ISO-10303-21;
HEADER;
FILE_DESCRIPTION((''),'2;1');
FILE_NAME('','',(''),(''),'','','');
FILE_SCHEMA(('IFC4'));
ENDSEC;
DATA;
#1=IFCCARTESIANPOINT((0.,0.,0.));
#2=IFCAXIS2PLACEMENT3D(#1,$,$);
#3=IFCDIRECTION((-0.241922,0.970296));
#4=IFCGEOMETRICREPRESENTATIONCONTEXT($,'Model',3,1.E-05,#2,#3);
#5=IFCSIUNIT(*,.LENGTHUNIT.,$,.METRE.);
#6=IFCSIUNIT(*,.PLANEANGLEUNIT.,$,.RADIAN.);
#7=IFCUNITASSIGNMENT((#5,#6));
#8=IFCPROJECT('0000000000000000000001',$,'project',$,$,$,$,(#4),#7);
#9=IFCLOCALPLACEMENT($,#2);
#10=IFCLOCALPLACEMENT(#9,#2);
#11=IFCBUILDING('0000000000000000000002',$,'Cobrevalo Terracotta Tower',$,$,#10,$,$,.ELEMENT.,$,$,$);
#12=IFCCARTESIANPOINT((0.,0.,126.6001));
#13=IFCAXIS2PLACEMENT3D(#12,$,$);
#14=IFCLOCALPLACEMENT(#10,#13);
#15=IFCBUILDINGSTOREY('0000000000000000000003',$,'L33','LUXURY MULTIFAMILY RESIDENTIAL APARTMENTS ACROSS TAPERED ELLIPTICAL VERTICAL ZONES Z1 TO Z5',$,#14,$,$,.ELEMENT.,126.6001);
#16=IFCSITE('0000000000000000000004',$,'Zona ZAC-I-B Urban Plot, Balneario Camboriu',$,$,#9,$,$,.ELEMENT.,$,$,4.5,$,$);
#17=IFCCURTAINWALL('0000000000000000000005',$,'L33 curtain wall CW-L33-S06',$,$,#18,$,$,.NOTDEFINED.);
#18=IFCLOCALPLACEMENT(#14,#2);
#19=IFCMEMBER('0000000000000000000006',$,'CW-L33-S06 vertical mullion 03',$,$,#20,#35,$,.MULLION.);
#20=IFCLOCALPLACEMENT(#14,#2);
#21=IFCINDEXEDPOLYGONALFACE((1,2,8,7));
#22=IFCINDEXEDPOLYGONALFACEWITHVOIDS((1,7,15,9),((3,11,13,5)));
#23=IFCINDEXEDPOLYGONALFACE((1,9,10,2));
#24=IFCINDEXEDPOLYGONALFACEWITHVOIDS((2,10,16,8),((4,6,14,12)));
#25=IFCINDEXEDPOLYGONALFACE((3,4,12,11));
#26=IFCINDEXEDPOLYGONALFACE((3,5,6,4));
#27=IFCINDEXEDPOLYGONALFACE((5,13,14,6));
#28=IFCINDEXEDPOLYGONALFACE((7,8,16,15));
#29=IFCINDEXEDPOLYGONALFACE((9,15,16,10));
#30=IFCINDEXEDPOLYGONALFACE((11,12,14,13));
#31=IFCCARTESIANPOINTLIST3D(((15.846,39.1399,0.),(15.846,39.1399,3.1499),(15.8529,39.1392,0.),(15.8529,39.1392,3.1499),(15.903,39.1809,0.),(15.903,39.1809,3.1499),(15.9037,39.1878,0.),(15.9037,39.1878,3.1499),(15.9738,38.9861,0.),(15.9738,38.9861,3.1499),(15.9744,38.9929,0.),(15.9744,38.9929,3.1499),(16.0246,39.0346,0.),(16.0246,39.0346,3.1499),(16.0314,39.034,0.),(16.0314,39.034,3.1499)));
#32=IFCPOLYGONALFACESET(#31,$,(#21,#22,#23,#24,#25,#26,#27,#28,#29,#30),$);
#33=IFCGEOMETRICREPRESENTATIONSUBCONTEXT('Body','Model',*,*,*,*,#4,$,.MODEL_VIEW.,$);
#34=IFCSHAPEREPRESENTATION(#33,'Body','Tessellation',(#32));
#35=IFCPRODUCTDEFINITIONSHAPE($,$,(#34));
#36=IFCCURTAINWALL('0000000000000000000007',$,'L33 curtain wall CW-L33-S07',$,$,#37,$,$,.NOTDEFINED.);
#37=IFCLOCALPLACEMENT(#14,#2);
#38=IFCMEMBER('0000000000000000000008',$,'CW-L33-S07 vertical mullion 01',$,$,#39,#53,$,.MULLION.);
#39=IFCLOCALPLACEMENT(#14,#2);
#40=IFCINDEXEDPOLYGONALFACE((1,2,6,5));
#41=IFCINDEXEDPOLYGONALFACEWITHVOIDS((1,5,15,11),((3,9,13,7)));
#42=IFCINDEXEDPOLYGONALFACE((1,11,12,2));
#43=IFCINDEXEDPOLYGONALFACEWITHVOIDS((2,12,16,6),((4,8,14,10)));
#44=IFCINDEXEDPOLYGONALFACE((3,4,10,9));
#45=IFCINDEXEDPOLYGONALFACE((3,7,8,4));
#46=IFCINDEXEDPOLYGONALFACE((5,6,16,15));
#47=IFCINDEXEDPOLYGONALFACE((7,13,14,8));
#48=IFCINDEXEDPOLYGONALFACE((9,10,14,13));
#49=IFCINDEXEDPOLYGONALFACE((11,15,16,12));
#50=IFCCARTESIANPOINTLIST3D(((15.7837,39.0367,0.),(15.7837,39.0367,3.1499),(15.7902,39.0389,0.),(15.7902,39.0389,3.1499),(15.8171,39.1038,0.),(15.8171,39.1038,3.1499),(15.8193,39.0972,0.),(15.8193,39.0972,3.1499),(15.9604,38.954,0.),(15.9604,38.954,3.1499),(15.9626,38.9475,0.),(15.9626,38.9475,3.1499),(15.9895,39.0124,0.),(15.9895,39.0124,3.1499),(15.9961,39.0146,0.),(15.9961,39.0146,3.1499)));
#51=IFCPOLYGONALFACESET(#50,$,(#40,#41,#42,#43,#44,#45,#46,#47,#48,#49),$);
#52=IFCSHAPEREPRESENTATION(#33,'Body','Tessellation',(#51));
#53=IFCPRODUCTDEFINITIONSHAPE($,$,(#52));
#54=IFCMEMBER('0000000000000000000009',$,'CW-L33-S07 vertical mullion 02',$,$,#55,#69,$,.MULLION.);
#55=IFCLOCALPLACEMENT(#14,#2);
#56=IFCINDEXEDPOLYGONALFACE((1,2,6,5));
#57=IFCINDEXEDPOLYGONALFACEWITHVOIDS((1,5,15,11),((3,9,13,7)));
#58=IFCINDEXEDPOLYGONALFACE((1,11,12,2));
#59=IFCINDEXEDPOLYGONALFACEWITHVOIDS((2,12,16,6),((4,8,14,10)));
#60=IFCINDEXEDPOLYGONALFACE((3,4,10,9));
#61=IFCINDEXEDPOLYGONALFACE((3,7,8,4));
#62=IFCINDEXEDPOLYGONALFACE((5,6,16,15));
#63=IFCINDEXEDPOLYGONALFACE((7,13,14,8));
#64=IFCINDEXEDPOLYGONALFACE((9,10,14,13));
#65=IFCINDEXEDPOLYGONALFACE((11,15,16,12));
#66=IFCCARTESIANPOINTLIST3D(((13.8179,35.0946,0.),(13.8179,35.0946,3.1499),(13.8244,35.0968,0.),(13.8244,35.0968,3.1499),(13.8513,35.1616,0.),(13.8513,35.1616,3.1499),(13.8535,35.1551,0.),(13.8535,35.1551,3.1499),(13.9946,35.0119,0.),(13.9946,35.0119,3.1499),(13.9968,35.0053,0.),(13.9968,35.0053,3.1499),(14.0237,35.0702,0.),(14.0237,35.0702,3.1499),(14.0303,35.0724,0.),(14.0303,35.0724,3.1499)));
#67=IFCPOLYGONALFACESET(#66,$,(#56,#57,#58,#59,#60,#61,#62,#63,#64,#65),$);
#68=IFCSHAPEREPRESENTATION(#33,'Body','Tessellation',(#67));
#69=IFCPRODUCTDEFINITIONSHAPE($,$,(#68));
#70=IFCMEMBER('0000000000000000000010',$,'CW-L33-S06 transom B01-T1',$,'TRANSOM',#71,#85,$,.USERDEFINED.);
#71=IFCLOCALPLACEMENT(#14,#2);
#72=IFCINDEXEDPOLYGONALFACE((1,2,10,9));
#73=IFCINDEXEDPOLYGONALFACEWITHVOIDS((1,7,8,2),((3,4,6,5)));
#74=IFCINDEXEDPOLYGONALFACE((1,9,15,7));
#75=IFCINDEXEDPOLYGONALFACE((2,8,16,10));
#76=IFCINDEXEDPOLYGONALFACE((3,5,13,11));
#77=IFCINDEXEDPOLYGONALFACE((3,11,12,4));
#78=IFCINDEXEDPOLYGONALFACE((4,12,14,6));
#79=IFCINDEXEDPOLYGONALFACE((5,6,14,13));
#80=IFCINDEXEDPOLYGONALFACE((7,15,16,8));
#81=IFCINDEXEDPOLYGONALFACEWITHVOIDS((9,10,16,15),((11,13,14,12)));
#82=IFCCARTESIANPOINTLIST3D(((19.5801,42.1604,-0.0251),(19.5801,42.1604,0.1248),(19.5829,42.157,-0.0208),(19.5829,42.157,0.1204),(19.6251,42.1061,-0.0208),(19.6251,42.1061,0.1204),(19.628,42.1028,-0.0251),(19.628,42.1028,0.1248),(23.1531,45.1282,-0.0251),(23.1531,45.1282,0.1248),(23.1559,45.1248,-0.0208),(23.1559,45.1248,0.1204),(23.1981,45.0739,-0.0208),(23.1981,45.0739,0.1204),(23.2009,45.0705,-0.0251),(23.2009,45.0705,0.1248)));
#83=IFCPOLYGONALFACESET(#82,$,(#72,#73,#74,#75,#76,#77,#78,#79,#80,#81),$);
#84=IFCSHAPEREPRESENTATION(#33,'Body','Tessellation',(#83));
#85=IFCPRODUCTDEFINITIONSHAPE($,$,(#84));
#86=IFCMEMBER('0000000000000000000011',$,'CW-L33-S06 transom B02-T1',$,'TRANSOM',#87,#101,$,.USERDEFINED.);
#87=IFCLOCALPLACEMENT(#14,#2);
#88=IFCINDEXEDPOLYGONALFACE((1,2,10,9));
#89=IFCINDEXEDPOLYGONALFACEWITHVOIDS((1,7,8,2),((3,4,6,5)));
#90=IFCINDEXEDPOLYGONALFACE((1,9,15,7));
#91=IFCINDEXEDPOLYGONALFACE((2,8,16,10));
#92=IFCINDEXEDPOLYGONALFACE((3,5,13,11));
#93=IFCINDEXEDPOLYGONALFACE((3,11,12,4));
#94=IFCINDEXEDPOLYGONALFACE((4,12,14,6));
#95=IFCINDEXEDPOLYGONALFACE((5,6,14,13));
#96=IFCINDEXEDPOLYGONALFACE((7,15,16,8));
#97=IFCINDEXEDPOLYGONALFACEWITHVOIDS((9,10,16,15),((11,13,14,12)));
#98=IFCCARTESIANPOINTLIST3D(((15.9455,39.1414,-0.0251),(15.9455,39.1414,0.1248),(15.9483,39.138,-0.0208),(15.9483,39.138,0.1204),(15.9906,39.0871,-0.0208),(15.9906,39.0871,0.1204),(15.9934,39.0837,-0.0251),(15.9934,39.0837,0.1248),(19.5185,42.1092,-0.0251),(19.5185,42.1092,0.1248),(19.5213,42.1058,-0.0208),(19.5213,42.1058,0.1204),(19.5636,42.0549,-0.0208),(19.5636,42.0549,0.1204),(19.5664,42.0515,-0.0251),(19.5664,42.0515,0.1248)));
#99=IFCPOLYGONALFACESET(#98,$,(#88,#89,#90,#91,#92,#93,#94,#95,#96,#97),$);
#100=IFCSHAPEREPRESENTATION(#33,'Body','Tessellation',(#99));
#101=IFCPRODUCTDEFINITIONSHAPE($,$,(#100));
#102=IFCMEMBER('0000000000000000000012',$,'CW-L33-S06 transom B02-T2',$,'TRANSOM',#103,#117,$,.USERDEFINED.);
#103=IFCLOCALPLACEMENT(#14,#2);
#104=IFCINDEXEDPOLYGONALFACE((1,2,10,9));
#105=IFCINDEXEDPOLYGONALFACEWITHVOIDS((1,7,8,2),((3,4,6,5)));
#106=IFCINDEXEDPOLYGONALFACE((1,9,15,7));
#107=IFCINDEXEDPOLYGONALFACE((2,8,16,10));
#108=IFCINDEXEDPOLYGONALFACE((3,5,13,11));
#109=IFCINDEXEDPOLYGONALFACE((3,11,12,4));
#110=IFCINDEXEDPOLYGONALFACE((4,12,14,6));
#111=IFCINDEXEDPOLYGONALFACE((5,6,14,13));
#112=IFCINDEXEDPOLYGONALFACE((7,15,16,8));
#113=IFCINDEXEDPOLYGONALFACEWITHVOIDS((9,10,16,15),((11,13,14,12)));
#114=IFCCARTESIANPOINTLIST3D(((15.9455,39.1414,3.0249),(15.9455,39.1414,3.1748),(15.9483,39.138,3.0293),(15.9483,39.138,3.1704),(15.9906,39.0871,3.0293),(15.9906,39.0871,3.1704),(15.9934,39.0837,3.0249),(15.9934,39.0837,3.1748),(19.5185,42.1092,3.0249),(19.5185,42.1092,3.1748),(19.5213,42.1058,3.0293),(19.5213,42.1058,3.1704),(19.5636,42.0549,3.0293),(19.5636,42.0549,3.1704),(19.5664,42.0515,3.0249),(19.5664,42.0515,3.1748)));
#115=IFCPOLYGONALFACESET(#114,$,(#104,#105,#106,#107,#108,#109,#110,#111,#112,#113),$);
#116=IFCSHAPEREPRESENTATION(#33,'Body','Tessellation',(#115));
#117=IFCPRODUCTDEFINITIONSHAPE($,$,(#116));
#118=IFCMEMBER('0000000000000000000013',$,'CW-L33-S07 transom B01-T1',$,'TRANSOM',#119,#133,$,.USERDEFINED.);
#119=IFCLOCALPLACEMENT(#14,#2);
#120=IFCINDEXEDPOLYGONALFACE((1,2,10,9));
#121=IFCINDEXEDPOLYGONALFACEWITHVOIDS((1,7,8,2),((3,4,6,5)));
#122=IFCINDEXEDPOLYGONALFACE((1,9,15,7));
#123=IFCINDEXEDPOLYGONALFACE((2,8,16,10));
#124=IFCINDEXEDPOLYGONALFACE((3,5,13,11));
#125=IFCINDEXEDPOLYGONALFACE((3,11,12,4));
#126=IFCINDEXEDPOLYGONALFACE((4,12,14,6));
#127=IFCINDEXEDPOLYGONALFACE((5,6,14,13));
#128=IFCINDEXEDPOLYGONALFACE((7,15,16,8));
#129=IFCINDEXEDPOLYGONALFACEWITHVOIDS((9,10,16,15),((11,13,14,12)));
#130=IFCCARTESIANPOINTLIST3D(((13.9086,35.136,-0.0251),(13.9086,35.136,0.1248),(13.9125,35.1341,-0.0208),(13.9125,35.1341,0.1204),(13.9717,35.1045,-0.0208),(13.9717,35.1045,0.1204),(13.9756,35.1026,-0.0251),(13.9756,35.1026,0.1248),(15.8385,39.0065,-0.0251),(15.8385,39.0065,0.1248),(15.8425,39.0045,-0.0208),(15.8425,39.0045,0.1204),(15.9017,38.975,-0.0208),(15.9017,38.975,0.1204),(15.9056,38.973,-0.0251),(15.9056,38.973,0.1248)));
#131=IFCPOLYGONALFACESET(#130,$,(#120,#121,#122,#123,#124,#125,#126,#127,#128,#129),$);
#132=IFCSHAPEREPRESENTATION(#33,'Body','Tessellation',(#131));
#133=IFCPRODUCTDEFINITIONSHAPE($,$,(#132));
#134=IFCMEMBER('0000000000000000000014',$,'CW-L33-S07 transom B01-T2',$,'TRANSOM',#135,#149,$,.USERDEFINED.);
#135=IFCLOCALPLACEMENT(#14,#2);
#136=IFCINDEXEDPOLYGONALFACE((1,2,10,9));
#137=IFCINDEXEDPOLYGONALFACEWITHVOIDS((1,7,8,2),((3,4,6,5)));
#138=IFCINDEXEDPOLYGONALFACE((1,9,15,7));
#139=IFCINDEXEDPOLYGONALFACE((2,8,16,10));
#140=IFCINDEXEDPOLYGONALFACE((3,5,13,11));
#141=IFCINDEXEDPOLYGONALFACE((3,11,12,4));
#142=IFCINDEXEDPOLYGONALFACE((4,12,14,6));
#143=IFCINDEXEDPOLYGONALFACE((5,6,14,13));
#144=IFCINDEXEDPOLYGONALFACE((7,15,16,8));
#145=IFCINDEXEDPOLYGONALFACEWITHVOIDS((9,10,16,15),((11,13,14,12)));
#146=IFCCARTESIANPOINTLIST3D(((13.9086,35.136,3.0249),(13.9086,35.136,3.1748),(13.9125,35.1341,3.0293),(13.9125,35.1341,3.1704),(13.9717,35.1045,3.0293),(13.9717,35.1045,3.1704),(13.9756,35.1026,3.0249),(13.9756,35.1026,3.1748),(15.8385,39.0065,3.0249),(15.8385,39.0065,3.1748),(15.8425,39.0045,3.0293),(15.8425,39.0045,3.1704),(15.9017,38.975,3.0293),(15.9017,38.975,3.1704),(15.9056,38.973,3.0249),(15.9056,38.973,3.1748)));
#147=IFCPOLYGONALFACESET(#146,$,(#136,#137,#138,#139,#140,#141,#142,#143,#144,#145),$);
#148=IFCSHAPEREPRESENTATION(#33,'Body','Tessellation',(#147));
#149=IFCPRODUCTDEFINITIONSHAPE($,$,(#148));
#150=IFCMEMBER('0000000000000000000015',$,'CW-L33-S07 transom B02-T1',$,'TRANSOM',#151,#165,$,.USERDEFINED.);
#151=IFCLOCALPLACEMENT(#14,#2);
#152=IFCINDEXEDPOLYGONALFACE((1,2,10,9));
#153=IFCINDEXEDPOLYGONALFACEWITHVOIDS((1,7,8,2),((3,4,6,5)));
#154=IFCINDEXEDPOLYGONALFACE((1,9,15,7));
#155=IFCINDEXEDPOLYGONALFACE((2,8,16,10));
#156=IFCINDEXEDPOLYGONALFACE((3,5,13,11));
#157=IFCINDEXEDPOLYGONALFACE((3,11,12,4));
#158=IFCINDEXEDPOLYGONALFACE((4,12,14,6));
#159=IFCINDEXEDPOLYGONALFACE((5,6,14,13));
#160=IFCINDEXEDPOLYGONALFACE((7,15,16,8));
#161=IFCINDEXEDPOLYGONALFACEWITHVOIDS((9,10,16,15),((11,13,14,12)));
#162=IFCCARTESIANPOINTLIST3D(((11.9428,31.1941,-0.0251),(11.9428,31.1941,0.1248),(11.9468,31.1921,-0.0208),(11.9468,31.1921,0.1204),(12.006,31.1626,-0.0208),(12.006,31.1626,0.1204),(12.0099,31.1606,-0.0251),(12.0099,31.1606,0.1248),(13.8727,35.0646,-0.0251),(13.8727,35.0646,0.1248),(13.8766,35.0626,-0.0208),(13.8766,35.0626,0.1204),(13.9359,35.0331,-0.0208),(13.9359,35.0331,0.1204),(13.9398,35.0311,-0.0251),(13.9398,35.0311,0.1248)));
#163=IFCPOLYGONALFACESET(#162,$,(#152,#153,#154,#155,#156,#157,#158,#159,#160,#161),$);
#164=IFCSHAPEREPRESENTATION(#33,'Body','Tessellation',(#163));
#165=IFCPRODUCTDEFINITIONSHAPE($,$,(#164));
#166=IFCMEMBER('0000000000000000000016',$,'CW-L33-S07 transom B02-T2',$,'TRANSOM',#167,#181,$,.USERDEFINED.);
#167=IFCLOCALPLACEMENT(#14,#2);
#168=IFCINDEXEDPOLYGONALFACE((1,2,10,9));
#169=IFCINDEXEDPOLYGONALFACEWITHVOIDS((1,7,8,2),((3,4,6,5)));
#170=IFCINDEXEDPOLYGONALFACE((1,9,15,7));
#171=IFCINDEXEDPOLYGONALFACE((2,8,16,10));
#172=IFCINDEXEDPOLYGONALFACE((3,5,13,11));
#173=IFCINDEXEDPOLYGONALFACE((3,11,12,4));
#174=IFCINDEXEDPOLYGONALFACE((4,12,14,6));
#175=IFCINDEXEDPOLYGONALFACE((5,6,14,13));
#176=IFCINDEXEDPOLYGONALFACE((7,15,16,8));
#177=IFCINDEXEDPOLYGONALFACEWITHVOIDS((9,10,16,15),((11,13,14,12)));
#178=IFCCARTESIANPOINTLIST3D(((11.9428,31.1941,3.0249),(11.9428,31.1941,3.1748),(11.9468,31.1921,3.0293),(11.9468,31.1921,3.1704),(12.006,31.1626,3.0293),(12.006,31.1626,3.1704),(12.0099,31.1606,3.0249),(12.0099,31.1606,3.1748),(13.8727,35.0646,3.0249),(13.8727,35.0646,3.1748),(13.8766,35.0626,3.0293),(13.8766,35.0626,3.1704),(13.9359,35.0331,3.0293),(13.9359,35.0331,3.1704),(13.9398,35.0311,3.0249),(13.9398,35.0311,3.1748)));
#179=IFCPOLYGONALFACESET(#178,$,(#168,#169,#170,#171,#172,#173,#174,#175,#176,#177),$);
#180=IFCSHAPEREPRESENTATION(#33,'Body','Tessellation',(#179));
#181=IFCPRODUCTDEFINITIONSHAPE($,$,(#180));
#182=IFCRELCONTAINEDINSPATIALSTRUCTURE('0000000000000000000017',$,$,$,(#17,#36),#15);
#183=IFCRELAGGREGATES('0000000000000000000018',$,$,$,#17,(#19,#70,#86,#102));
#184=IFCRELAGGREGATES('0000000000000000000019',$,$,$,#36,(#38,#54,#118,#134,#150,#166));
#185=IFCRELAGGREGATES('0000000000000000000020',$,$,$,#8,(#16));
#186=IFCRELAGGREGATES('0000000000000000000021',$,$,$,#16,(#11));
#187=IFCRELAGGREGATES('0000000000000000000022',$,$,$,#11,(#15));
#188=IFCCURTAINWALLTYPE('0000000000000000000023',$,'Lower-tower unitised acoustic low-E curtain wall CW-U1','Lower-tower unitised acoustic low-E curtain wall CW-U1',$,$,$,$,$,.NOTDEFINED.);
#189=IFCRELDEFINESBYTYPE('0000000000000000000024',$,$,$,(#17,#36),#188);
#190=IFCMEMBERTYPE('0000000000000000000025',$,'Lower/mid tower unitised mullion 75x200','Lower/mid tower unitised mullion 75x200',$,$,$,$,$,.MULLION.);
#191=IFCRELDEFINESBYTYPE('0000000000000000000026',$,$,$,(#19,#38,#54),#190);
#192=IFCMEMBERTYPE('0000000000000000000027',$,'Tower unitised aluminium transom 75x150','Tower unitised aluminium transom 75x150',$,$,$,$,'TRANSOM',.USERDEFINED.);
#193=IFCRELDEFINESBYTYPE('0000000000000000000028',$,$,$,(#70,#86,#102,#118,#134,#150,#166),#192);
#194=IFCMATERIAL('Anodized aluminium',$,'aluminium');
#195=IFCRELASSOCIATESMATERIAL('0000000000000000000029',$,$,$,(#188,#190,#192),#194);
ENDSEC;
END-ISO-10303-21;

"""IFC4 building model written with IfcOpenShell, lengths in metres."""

from ifc_helpers import new_model, si_unit, direction, frame, origin, origin_2d, place, context, subcontext, project, spatial, hollow_rectangle, extrude, source, transform, mapped, material, material_profile, profile_set, type_object, element, aggregate, save


model = new_model("IFC4")

# Units and contexts
model_context = context("Model", 3, precision=1e-05, world=origin(), true_north=direction((-0.241922, 0.970296)))
body_context = subcontext(model_context, "Body", "Model", "MODEL_VIEW")
ifc_project = project(units=[si_unit("LENGTHUNIT", "METRE"), si_unit("PLANEANGLEUNIT", "RADIAN")], contexts=[model_context])

# Site, building, storey
site_placement = place(None, origin())
site = spatial("IfcSite", under=ifc_project, at=site_placement, Name="Zona ZAC-I-B Urban Plot, Balneario Camboriu", CompositionType="ELEMENT", RefElevation=4.5)
building_placement = place(site_placement, origin())
building = spatial("IfcBuilding", under=site, at=building_placement, Name="Cobrevalo Terracotta Tower", CompositionType="ELEMENT")
storey_placement = place(building_placement, frame((0.0, 0.0, 126.6001)))
storey = spatial("IfcBuildingStorey", under=building, at=storey_placement, Name="L33", Description="LUXURY MULTIFAMILY RESIDENTIAL APARTMENTS ACROSS TAPERED ELLIPTICAL VERTICAL ZONES Z1 TO Z5", CompositionType="ELEMENT", Elevation=126.6001)

# Curtain walls, members
ifc_material_1 = material(Name="Anodized aluminium", Category="aluminium")
curtain_wall_type = type_object("IfcCurtainWallType", Name="Lower-tower unitised acoustic low-E curtain wall CW-U1", Description="Lower-tower unitised acoustic low-E curtain wall CW-U1", PredefinedType="NOTDEFINED", material=ifc_material_1)
curtain_wall_1_placement = place(storey_placement, origin())
curtain_wall_1 = element("IfcCurtainWall", 1, at=curtain_wall_1_placement, inside=storey, type_object=curtain_wall_type, Name="L33 curtain wall CW-L33-S06", PredefinedType="NOTDEFINED")
ifc_material_profile_1 = material_profile(ifc_material_1, hollow_rectangle(XDim=0.075, YDim=0.2, WallThickness=0.0049, at=origin_2d()), Name="CWM 75x200")
ifc_profile_set_1 = profile_set([ifc_material_profile_1], Name="Anodized aluminium")
member_type_1 = type_object("IfcMemberType", Name="Lower/mid tower unitised mullion 75x200", Description="Lower/mid tower unitised mullion 75x200", PredefinedType="MULLION", material=ifc_profile_set_1)
shared_shape_1 = source(origin(), body_context, "Body", "SweptSolid", [
    extrude(hollow_rectangle(XDim=0.075, YDim=0.2, WallThickness=0.0049, at=origin_2d()), origin(), (0.0, 0.0, 1.0), 3.1499),
])
member_1_placement = place(storey_placement, frame((15.9387, 39.0869, 0.0), z_axis=(0.0, 0.0, 1.0), x_axis=(-0.769243, -0.638956, 0.0)))
member_1 = element("IfcMember", 2, at=member_1_placement, type_object=member_type_1, Name="CW-L33-S06 vertical mullion 03", PredefinedType="MULLION", context=body_context, shape_type="MappedRepresentation", body=[
    mapped(shared_shape_1, transform((0.0, 0.0, 0.0), scale=1.0)),
])
curtain_wall_2_placement = place(storey_placement, origin())
curtain_wall_2 = element("IfcCurtainWall", 3, at=curtain_wall_2_placement, inside=storey, type_object=curtain_wall_type, Name="L33 curtain wall CW-L33-S07", PredefinedType="NOTDEFINED")
member_2_placement = place(storey_placement, frame((15.8899, 39.0256, 0.0), z_axis=(0.0, 0.0, 1.0), x_axis=(-0.44626, -0.894903, 0.0)))
member_2 = element("IfcMember", 4, at=member_2_placement, type_object=member_type_1, Name="CW-L33-S07 vertical mullion 01", PredefinedType="MULLION", context=body_context, shape_type="MappedRepresentation", body=[
    mapped(shared_shape_1, transform((0.0, 0.0, 0.0), scale=1.0)),
])
member_3_placement = place(storey_placement, frame((13.9241, 35.0835, 0.0), z_axis=(0.0, 0.0, 1.0), x_axis=(-0.44626, -0.894903, 0.0)))
member_3 = element("IfcMember", 5, at=member_3_placement, type_object=member_type_1, Name="CW-L33-S07 vertical mullion 02", PredefinedType="MULLION", context=body_context, shape_type="MappedRepresentation", body=[
    mapped(shared_shape_1, transform((0.0, 0.0, 0.0), scale=1.0)),
])

# Members
ifc_material_profile_2 = material_profile(ifc_material_1, hollow_rectangle(XDim=0.075, YDim=0.1499, WallThickness=0.0044, at=origin_2d()), Name="CWT 75x150")
ifc_profile_set_2 = profile_set([ifc_material_profile_2], Name="Anodized aluminium")
member_type_2 = type_object("IfcMemberType", Name="Tower unitised aluminium transom 75x150", Description="Tower unitised aluminium transom 75x150", ElementType="TRANSOM", PredefinedType="USERDEFINED", material=ifc_profile_set_2)
shared_shape_2 = source(origin(), body_context, "Body", "SweptSolid", [
    extrude(hollow_rectangle(XDim=0.075, YDim=0.1499, WallThickness=0.0044, at=origin_2d()), origin(), (0.0, 0.0, 1.0), 4.6448),
])
member_4_placement = place(storey_placement, frame((23.177, 45.0994, 0.0498), z_axis=(-0.76925, -0.638948, 0.0), x_axis=(0.638948, -0.76925, 0.0)))
member_4 = element("IfcMember", 6, at=member_4_placement, type_object=member_type_2, Name="CW-L33-S06 transom B01-T1", ObjectType="TRANSOM", PredefinedType="USERDEFINED", context=body_context, shape_type="MappedRepresentation", body=[
    mapped(shared_shape_2, transform((0.0, 0.0, 0.0), scale=1.0)),
])
member_5_placement = place(storey_placement, frame((19.5425, 42.0803, 0.0498), z_axis=(-0.76925, -0.638948, 0.0), x_axis=(0.638948, -0.76925, 0.0)))
member_5 = element("IfcMember", 7, at=member_5_placement, type_object=member_type_2, Name="CW-L33-S06 transom B02-T1", ObjectType="TRANSOM", PredefinedType="USERDEFINED", context=body_context, shape_type="MappedRepresentation", body=[
    mapped(shared_shape_2, transform((0.0, 0.0, 0.0), scale=1.0)),
])
member_6_placement = place(storey_placement, frame((19.5425, 42.0803, 3.0999), z_axis=(-0.76925, -0.638948, 0.0), x_axis=(0.638948, -0.76925, 0.0)))
member_6 = element("IfcMember", 8, at=member_6_placement, type_object=member_type_2, Name="CW-L33-S06 transom B02-T2", ObjectType="TRANSOM", PredefinedType="USERDEFINED", context=body_context, shape_type="MappedRepresentation", body=[
    mapped(shared_shape_2, transform((0.0, 0.0, 0.0), scale=1.0)),
])
shared_shape_3 = source(origin(), body_context, "Body", "SweptSolid", [
    extrude(hollow_rectangle(XDim=0.075, YDim=0.1499, WallThickness=0.0044, at=origin_2d()), origin(), (0.0, 0.0, 1.0), 4.325),
])
member_7_placement = place(storey_placement, frame((15.8721, 38.9897, 0.0498), z_axis=(-0.446242, -0.894912, 0.0), x_axis=(0.894912, -0.446242, 0.0)))
member_7 = element("IfcMember", 9, at=member_7_placement, type_object=member_type_2, Name="CW-L33-S07 transom B01-T1", ObjectType="TRANSOM", PredefinedType="USERDEFINED", context=body_context, shape_type="MappedRepresentation", body=[
    mapped(shared_shape_3, transform((0.0, 0.0, 0.0), scale=1.0)),
])
member_8_placement = place(storey_placement, frame((15.8721, 38.9897, 3.0999), z_axis=(-0.446242, -0.894912, 0.0), x_axis=(0.894912, -0.446242, 0.0)))
member_8 = element("IfcMember", 10, at=member_8_placement, type_object=member_type_2, Name="CW-L33-S07 transom B01-T2", ObjectType="TRANSOM", PredefinedType="USERDEFINED", context=body_context, shape_type="MappedRepresentation", body=[
    mapped(shared_shape_3, transform((0.0, 0.0, 0.0), scale=1.0)),
])
member_9_placement = place(storey_placement, frame((13.9062, 35.0479, 0.0498), z_axis=(-0.44622, -0.894923, 0.0), x_axis=(0.894923, -0.44622, 0.0)))
member_9 = element("IfcMember", 11, at=member_9_placement, type_object=member_type_2, Name="CW-L33-S07 transom B02-T1", ObjectType="TRANSOM", PredefinedType="USERDEFINED", context=body_context, shape_type="MappedRepresentation", body=[
    mapped(shared_shape_3, transform((0.0, 0.0, 0.0), scale=1.0)),
])
member_10_placement = place(storey_placement, frame((13.9062, 35.0479, 3.0999), z_axis=(-0.44622, -0.894923, 0.0), x_axis=(0.894923, -0.44622, 0.0)))
member_10 = element("IfcMember", 12, at=member_10_placement, type_object=member_type_2, Name="CW-L33-S07 transom B02-T2", ObjectType="TRANSOM", PredefinedType="USERDEFINED", context=body_context, shape_type="MappedRepresentation", body=[
    mapped(shared_shape_3, transform((0.0, 0.0, 0.0), scale=1.0)),
])

aggregate(curtain_wall_1, [member_1, member_4, member_5, member_6])
aggregate(curtain_wall_2, [member_2, member_3, member_7, member_8, member_9, member_10])

save(model, "model.ifc")
